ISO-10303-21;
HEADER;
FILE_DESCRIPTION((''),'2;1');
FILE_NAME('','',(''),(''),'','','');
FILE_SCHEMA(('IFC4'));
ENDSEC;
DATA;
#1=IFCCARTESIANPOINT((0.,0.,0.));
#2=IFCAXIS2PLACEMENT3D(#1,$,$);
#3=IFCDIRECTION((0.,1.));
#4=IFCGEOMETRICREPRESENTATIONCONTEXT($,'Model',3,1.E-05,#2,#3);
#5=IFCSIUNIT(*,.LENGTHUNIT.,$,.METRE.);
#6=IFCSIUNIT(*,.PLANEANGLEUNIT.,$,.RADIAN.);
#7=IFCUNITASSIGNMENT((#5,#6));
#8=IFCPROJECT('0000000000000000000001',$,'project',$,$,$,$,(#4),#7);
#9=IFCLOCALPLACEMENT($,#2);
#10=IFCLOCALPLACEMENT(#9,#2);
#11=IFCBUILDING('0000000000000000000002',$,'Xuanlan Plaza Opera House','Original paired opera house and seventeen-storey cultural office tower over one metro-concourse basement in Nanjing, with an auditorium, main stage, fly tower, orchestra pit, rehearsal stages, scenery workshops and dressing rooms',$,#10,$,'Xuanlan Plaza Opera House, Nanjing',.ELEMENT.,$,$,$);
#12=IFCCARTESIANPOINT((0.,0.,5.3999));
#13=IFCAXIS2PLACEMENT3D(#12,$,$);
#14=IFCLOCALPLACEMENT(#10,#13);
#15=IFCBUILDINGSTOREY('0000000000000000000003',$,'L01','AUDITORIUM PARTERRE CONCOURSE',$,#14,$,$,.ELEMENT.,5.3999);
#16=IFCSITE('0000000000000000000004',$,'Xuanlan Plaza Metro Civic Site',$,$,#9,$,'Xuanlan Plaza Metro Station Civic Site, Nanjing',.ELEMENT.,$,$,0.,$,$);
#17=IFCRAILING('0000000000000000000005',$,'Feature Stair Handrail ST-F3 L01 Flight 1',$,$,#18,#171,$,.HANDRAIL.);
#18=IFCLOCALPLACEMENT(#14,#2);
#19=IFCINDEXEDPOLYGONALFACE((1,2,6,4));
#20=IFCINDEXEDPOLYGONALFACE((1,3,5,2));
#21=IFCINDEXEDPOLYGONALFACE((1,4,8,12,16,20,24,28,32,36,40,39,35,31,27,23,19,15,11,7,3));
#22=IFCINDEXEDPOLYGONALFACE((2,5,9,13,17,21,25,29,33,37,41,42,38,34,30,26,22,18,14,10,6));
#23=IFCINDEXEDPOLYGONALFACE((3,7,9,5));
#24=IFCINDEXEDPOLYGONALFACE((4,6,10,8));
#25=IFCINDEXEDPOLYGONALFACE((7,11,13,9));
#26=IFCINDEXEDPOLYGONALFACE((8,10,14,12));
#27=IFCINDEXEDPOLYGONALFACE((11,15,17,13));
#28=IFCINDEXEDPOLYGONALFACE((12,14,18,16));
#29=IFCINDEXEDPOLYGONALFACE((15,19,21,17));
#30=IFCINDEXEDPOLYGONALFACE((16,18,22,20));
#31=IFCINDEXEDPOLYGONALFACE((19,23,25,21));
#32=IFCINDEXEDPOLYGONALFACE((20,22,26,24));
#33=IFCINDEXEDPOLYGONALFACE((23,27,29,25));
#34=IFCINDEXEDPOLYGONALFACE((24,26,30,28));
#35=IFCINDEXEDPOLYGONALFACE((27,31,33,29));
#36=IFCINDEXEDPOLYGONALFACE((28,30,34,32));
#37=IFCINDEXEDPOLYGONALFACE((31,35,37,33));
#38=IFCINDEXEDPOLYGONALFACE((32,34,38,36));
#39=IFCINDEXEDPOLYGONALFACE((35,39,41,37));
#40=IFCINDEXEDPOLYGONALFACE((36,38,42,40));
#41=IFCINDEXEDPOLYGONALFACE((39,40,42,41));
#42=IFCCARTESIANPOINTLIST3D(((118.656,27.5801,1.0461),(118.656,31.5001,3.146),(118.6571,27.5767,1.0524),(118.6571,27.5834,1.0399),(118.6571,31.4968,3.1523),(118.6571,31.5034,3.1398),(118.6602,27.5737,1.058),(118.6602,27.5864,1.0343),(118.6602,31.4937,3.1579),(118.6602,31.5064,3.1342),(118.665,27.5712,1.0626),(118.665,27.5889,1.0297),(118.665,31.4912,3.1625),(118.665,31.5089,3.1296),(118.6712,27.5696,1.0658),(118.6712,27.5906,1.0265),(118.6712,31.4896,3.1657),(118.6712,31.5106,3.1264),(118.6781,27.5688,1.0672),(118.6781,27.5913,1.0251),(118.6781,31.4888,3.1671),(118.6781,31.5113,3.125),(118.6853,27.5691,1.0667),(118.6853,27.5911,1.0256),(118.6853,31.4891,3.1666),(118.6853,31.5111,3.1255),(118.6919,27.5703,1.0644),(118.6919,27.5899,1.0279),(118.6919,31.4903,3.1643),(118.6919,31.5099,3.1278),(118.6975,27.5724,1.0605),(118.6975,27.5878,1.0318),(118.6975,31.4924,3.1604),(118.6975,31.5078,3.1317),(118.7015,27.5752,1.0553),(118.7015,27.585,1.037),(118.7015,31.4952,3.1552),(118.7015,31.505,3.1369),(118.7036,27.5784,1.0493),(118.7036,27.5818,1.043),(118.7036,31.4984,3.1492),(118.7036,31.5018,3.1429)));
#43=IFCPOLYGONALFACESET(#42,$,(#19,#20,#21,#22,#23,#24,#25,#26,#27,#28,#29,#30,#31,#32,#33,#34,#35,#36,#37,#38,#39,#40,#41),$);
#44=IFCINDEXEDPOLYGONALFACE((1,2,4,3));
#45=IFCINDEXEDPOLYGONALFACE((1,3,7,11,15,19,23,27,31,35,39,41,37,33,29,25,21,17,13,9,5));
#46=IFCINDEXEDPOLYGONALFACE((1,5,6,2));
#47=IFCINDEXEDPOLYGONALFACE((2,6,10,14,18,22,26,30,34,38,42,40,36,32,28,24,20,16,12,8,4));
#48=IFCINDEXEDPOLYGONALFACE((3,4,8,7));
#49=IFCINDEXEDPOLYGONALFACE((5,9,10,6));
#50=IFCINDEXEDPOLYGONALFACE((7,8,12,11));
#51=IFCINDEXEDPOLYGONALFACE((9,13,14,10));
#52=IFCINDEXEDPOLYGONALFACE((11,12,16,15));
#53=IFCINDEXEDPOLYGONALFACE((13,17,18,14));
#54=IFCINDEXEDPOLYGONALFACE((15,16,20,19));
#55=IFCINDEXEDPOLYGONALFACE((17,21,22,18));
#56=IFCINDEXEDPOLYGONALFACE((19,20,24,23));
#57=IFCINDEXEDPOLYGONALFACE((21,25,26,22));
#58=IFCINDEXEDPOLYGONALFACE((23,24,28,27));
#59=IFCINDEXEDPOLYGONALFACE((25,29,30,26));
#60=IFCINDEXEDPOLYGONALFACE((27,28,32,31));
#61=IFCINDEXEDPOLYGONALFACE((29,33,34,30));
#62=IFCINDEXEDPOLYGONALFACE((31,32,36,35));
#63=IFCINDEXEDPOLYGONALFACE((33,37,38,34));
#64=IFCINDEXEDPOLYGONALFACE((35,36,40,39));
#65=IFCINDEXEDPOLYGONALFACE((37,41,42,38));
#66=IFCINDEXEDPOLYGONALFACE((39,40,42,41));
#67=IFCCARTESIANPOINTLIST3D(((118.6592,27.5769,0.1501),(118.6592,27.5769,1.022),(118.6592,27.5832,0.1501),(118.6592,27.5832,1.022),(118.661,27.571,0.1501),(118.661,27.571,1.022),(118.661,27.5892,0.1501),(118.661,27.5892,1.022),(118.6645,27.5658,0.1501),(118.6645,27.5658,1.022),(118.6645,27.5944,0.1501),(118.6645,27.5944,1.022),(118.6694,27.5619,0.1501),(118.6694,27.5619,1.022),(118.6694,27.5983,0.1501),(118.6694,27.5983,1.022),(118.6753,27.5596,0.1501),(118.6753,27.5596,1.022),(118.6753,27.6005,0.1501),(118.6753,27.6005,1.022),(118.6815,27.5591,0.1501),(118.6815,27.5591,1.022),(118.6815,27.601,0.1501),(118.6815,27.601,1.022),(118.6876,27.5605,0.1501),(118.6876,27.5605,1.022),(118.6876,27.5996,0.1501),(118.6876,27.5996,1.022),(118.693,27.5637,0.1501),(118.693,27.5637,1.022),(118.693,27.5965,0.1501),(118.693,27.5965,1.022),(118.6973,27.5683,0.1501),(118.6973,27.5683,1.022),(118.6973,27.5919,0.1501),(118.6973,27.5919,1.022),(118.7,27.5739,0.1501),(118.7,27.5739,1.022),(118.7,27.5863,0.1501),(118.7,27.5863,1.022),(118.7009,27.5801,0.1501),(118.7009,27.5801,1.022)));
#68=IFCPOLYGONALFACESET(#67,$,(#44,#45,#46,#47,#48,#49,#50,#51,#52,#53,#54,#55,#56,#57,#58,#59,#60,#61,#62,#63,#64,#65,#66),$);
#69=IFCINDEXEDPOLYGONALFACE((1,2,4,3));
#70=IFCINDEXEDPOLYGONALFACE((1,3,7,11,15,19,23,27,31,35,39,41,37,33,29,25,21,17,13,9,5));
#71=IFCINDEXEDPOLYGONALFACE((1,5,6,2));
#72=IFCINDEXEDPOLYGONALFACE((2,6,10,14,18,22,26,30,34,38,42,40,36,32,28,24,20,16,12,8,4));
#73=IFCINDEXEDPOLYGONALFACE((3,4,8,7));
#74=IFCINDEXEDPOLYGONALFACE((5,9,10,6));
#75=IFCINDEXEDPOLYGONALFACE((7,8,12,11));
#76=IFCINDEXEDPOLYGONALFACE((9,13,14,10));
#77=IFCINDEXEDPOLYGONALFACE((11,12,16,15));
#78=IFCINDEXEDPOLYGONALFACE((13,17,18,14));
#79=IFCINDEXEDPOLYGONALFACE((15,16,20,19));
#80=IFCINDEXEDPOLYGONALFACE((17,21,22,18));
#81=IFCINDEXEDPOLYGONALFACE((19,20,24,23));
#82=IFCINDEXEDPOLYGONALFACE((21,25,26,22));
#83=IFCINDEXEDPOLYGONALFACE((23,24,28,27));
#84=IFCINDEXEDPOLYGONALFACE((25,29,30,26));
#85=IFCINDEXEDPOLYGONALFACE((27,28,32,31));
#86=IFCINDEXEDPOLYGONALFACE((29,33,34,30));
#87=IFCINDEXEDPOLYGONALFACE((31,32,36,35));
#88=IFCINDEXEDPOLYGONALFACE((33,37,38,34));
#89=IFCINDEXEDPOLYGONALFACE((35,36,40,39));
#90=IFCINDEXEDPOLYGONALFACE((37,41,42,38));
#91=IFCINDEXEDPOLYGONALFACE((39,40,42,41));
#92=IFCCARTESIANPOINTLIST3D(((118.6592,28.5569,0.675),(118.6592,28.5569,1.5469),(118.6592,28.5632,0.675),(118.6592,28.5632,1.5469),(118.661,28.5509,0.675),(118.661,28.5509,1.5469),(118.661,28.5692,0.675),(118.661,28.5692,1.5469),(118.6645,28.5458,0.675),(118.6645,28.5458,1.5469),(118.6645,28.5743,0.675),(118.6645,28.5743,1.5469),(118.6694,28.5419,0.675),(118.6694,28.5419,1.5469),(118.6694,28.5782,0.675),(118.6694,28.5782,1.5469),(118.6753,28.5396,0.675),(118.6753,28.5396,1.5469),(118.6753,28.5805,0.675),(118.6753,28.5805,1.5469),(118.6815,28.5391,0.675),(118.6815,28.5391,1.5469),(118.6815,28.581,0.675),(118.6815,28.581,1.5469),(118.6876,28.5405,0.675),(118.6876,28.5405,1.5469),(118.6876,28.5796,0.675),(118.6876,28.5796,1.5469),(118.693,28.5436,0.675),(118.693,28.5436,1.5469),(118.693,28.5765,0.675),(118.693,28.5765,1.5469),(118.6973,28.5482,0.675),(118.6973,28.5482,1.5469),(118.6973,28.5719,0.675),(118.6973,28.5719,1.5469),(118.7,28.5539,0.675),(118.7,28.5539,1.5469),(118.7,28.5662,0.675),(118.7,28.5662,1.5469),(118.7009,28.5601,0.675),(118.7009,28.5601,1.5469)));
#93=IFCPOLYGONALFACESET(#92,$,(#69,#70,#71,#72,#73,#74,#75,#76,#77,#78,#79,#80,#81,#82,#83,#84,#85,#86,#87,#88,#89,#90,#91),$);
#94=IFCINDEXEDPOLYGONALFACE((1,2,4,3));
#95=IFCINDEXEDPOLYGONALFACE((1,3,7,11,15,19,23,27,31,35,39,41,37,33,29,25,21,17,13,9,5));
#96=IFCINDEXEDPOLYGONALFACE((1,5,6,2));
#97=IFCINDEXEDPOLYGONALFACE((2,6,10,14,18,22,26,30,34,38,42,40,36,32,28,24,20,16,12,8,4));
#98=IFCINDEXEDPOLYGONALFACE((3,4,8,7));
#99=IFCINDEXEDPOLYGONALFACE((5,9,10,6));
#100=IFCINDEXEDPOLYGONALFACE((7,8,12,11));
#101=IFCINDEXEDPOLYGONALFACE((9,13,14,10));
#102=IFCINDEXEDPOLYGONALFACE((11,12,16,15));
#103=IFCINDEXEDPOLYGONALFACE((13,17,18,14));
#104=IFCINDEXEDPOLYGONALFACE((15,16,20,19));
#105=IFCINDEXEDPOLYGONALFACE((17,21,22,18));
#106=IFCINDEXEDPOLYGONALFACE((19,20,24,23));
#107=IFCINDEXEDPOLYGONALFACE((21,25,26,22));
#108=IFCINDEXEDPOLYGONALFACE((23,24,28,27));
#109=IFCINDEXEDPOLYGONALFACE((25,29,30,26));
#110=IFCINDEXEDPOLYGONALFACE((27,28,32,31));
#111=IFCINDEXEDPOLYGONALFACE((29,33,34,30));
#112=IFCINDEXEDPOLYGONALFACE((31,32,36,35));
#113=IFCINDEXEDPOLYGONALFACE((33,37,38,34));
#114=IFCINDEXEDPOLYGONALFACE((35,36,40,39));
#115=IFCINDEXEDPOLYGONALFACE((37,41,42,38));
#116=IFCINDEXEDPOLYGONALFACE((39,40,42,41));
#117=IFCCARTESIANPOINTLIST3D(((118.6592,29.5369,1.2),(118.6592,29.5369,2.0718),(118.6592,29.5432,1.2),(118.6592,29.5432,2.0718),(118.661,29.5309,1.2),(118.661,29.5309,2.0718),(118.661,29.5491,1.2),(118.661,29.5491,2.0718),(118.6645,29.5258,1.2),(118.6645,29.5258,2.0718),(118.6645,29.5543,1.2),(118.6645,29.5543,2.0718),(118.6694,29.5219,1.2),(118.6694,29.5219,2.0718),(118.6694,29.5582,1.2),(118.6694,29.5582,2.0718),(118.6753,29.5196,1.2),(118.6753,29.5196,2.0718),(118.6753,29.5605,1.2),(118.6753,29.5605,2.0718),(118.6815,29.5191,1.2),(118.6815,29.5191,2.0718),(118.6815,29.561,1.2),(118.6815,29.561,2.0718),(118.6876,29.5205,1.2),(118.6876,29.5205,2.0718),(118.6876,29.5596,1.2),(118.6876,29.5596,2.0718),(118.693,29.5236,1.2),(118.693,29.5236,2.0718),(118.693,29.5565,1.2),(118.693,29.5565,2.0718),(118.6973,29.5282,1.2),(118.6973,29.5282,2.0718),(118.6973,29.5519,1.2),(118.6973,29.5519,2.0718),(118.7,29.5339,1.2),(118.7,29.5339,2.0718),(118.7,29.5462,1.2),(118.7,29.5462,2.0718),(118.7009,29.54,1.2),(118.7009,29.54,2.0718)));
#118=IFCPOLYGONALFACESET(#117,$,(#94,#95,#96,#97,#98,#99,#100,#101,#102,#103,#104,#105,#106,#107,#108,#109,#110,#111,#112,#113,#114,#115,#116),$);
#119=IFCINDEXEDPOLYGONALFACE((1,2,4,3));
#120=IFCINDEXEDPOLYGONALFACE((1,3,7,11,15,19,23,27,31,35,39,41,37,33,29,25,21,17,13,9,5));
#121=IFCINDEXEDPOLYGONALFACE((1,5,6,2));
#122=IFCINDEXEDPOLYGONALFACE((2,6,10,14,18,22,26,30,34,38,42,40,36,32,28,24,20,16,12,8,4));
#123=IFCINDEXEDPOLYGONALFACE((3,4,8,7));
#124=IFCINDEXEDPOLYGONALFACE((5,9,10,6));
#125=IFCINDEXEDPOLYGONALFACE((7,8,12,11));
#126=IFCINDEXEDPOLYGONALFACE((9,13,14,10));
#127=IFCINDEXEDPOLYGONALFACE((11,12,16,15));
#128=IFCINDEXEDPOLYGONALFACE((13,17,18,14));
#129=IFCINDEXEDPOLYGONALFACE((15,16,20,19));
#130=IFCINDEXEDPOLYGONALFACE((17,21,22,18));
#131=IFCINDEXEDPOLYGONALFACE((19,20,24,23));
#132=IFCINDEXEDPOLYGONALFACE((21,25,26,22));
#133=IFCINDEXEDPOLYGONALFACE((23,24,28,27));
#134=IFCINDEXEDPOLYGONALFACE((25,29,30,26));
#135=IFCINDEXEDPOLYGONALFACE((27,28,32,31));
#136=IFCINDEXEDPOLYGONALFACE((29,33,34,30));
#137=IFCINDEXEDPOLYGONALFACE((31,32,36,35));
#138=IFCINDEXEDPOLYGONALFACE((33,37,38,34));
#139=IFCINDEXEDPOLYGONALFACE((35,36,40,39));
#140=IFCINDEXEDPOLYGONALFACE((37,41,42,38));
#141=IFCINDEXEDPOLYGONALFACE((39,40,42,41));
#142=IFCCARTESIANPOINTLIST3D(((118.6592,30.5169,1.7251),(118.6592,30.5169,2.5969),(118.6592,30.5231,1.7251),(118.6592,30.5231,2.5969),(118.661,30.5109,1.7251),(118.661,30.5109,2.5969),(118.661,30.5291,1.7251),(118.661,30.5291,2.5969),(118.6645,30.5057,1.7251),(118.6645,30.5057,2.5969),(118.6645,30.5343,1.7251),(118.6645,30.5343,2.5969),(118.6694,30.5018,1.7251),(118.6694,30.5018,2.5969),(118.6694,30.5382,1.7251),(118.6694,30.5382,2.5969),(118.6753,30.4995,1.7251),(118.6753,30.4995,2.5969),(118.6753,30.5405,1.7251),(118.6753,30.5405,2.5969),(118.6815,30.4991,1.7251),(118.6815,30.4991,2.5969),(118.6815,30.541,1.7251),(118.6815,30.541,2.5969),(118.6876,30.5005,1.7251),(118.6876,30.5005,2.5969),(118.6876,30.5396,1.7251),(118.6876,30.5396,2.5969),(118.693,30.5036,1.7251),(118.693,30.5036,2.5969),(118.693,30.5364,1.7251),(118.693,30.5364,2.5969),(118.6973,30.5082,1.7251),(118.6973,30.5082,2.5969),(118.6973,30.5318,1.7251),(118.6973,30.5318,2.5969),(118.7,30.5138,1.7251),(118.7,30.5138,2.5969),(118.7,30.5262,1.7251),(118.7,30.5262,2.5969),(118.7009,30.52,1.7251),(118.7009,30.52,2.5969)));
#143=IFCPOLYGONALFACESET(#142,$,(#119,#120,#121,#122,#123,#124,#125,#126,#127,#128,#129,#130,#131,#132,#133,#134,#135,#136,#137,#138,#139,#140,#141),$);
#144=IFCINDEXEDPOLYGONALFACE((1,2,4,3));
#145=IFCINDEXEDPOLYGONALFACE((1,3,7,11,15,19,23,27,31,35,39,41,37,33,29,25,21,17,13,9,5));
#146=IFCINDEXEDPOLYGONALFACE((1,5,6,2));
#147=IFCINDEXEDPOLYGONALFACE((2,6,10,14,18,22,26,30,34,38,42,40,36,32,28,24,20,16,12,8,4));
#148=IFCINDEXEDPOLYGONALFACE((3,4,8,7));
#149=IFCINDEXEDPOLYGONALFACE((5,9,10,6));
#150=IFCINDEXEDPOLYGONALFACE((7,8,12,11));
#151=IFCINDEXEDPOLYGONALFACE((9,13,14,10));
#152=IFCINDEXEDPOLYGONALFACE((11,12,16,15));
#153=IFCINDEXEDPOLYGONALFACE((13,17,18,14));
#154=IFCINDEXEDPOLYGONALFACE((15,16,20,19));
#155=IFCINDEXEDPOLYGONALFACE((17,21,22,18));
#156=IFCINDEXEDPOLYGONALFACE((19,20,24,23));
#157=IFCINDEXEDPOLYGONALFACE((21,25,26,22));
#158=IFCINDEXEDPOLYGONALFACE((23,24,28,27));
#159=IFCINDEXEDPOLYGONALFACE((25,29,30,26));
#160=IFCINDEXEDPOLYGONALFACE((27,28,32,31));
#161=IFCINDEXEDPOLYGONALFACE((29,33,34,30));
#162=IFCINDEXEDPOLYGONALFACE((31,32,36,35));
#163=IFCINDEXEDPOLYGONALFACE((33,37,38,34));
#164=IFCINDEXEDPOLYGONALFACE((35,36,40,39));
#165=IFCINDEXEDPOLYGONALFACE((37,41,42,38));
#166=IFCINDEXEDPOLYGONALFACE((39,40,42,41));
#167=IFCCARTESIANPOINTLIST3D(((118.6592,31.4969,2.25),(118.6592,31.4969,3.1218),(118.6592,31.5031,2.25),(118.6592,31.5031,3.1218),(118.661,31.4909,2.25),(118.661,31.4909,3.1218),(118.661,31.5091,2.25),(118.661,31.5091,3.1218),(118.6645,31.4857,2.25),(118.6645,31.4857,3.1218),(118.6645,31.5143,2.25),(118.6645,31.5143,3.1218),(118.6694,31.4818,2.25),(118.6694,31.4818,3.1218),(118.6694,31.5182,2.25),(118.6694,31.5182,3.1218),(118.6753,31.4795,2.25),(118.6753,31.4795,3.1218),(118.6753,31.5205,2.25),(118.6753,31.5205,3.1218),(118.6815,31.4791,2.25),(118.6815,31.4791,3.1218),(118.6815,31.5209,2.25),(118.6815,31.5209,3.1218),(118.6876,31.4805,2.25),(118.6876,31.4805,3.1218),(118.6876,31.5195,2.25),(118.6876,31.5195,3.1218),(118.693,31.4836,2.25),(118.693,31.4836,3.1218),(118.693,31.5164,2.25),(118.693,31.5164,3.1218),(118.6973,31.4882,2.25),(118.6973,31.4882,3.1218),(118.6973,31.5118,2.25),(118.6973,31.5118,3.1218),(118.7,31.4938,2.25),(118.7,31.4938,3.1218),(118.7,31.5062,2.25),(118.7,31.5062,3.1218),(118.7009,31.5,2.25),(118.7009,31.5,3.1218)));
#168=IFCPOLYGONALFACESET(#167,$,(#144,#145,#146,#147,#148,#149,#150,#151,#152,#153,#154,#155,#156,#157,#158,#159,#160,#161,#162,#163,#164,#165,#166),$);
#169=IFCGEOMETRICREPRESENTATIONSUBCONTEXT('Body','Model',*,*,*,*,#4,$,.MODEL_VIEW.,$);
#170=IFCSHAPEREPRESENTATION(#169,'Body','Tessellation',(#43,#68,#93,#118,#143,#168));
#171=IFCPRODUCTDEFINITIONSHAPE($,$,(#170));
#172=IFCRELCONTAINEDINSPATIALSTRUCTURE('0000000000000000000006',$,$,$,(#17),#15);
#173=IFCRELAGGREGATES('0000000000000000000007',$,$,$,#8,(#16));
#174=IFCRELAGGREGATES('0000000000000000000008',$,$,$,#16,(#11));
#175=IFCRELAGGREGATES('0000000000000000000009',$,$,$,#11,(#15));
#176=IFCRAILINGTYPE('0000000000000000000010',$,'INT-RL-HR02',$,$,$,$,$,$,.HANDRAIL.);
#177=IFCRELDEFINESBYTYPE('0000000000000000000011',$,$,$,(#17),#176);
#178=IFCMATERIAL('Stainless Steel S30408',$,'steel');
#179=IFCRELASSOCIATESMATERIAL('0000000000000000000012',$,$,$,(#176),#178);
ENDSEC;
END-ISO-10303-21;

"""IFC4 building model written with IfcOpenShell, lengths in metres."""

from ifc_helpers import new_model, si_unit, direction, frame, origin, origin_2d, place, context, subcontext, project, spatial, circle, extrude, material, type_object, element, save


model = new_model("IFC4")

# Units and contexts
model_context = context("Model", 3, precision=1e-05, world=origin(), true_north=direction((0.0, 1.0)))
body_context = subcontext(model_context, "Body", "Model", "MODEL_VIEW")
ifc_project = project(units=[si_unit("LENGTHUNIT", "METRE"), si_unit("PLANEANGLEUNIT", "RADIAN")], contexts=[model_context])

# Site, building, storey
site_placement = place(None, origin())
site = spatial("IfcSite", under=ifc_project, at=site_placement, Name="Xuanlan Plaza Metro Civic Site", LongName="Xuanlan Plaza Metro Station Civic Site, Nanjing", CompositionType="ELEMENT", RefElevation=0.0)
building_placement = place(site_placement, origin())
building = spatial("IfcBuilding", under=site, at=building_placement, Name="Xuanlan Plaza Opera House", Description="Original paired opera house and seventeen-storey cultural office tower over one metro-concourse basement in Nanjing, with an auditorium, main stage, fly tower, orchestra pit, rehearsal stages, scenery workshops and dressing rooms", LongName="Xuanlan Plaza Opera House, Nanjing", CompositionType="ELEMENT")
storey_placement = place(building_placement, frame((0.0, 0.0, 5.3999)))
storey = spatial("IfcBuildingStorey", under=building, at=storey_placement, Name="L01", Description="AUDITORIUM PARTERRE CONCOURSE", CompositionType="ELEMENT", Elevation=5.3999)

# Shared definitions
ifc_material_1 = material(Name="Stainless Steel S30408", Category="steel")

# Railing
railing_type_1 = type_object("IfcRailingType", Name="INT-RL-HR02", PredefinedType="HANDRAIL", material=ifc_material_1)
railing_1_placement = place(storey_placement, frame((118.6799, 27.5801, 0.1501)))
element("IfcRailing", 1, at=railing_1_placement, inside=storey, type_object=railing_type_1, Name="Feature Stair Handrail ST-F3 L01 Flight 1", PredefinedType="HANDRAIL", context=body_context, shape_type="SweptSolid", body=[
    extrude(circle(Radius=0.0239, at=origin_2d()), frame((0.0, 0.0, 0.896), z_axis=(0.0, 0.88149, 0.472203), x_axis=(-1.0, 0.0, 0.0)), (0.0, 0.0, 1.0), 4.447),
    extrude(circle(Radius=0.021, at=origin_2d()), origin(), (0.0, 0.0, 1.0), 0.8718),
    extrude(circle(Radius=0.021, at=origin_2d()), frame((0.0, 0.98, 0.5249)), (0.0, 0.0, 1.0), 0.8718),
    extrude(circle(Radius=0.021, at=origin_2d()), frame((0.0, 1.96, 1.0498)), (0.0, 0.0, 1.0), 0.8718),
    extrude(circle(Radius=0.021, at=origin_2d()), frame((0.0, 2.9399, 1.575)), (0.0, 0.0, 1.0), 0.8718),
    extrude(circle(Radius=0.021, at=origin_2d()), frame((0.0, 3.9199, 2.0999)), (0.0, 0.0, 1.0), 0.8718),
])

save(model, "model.ifc")
